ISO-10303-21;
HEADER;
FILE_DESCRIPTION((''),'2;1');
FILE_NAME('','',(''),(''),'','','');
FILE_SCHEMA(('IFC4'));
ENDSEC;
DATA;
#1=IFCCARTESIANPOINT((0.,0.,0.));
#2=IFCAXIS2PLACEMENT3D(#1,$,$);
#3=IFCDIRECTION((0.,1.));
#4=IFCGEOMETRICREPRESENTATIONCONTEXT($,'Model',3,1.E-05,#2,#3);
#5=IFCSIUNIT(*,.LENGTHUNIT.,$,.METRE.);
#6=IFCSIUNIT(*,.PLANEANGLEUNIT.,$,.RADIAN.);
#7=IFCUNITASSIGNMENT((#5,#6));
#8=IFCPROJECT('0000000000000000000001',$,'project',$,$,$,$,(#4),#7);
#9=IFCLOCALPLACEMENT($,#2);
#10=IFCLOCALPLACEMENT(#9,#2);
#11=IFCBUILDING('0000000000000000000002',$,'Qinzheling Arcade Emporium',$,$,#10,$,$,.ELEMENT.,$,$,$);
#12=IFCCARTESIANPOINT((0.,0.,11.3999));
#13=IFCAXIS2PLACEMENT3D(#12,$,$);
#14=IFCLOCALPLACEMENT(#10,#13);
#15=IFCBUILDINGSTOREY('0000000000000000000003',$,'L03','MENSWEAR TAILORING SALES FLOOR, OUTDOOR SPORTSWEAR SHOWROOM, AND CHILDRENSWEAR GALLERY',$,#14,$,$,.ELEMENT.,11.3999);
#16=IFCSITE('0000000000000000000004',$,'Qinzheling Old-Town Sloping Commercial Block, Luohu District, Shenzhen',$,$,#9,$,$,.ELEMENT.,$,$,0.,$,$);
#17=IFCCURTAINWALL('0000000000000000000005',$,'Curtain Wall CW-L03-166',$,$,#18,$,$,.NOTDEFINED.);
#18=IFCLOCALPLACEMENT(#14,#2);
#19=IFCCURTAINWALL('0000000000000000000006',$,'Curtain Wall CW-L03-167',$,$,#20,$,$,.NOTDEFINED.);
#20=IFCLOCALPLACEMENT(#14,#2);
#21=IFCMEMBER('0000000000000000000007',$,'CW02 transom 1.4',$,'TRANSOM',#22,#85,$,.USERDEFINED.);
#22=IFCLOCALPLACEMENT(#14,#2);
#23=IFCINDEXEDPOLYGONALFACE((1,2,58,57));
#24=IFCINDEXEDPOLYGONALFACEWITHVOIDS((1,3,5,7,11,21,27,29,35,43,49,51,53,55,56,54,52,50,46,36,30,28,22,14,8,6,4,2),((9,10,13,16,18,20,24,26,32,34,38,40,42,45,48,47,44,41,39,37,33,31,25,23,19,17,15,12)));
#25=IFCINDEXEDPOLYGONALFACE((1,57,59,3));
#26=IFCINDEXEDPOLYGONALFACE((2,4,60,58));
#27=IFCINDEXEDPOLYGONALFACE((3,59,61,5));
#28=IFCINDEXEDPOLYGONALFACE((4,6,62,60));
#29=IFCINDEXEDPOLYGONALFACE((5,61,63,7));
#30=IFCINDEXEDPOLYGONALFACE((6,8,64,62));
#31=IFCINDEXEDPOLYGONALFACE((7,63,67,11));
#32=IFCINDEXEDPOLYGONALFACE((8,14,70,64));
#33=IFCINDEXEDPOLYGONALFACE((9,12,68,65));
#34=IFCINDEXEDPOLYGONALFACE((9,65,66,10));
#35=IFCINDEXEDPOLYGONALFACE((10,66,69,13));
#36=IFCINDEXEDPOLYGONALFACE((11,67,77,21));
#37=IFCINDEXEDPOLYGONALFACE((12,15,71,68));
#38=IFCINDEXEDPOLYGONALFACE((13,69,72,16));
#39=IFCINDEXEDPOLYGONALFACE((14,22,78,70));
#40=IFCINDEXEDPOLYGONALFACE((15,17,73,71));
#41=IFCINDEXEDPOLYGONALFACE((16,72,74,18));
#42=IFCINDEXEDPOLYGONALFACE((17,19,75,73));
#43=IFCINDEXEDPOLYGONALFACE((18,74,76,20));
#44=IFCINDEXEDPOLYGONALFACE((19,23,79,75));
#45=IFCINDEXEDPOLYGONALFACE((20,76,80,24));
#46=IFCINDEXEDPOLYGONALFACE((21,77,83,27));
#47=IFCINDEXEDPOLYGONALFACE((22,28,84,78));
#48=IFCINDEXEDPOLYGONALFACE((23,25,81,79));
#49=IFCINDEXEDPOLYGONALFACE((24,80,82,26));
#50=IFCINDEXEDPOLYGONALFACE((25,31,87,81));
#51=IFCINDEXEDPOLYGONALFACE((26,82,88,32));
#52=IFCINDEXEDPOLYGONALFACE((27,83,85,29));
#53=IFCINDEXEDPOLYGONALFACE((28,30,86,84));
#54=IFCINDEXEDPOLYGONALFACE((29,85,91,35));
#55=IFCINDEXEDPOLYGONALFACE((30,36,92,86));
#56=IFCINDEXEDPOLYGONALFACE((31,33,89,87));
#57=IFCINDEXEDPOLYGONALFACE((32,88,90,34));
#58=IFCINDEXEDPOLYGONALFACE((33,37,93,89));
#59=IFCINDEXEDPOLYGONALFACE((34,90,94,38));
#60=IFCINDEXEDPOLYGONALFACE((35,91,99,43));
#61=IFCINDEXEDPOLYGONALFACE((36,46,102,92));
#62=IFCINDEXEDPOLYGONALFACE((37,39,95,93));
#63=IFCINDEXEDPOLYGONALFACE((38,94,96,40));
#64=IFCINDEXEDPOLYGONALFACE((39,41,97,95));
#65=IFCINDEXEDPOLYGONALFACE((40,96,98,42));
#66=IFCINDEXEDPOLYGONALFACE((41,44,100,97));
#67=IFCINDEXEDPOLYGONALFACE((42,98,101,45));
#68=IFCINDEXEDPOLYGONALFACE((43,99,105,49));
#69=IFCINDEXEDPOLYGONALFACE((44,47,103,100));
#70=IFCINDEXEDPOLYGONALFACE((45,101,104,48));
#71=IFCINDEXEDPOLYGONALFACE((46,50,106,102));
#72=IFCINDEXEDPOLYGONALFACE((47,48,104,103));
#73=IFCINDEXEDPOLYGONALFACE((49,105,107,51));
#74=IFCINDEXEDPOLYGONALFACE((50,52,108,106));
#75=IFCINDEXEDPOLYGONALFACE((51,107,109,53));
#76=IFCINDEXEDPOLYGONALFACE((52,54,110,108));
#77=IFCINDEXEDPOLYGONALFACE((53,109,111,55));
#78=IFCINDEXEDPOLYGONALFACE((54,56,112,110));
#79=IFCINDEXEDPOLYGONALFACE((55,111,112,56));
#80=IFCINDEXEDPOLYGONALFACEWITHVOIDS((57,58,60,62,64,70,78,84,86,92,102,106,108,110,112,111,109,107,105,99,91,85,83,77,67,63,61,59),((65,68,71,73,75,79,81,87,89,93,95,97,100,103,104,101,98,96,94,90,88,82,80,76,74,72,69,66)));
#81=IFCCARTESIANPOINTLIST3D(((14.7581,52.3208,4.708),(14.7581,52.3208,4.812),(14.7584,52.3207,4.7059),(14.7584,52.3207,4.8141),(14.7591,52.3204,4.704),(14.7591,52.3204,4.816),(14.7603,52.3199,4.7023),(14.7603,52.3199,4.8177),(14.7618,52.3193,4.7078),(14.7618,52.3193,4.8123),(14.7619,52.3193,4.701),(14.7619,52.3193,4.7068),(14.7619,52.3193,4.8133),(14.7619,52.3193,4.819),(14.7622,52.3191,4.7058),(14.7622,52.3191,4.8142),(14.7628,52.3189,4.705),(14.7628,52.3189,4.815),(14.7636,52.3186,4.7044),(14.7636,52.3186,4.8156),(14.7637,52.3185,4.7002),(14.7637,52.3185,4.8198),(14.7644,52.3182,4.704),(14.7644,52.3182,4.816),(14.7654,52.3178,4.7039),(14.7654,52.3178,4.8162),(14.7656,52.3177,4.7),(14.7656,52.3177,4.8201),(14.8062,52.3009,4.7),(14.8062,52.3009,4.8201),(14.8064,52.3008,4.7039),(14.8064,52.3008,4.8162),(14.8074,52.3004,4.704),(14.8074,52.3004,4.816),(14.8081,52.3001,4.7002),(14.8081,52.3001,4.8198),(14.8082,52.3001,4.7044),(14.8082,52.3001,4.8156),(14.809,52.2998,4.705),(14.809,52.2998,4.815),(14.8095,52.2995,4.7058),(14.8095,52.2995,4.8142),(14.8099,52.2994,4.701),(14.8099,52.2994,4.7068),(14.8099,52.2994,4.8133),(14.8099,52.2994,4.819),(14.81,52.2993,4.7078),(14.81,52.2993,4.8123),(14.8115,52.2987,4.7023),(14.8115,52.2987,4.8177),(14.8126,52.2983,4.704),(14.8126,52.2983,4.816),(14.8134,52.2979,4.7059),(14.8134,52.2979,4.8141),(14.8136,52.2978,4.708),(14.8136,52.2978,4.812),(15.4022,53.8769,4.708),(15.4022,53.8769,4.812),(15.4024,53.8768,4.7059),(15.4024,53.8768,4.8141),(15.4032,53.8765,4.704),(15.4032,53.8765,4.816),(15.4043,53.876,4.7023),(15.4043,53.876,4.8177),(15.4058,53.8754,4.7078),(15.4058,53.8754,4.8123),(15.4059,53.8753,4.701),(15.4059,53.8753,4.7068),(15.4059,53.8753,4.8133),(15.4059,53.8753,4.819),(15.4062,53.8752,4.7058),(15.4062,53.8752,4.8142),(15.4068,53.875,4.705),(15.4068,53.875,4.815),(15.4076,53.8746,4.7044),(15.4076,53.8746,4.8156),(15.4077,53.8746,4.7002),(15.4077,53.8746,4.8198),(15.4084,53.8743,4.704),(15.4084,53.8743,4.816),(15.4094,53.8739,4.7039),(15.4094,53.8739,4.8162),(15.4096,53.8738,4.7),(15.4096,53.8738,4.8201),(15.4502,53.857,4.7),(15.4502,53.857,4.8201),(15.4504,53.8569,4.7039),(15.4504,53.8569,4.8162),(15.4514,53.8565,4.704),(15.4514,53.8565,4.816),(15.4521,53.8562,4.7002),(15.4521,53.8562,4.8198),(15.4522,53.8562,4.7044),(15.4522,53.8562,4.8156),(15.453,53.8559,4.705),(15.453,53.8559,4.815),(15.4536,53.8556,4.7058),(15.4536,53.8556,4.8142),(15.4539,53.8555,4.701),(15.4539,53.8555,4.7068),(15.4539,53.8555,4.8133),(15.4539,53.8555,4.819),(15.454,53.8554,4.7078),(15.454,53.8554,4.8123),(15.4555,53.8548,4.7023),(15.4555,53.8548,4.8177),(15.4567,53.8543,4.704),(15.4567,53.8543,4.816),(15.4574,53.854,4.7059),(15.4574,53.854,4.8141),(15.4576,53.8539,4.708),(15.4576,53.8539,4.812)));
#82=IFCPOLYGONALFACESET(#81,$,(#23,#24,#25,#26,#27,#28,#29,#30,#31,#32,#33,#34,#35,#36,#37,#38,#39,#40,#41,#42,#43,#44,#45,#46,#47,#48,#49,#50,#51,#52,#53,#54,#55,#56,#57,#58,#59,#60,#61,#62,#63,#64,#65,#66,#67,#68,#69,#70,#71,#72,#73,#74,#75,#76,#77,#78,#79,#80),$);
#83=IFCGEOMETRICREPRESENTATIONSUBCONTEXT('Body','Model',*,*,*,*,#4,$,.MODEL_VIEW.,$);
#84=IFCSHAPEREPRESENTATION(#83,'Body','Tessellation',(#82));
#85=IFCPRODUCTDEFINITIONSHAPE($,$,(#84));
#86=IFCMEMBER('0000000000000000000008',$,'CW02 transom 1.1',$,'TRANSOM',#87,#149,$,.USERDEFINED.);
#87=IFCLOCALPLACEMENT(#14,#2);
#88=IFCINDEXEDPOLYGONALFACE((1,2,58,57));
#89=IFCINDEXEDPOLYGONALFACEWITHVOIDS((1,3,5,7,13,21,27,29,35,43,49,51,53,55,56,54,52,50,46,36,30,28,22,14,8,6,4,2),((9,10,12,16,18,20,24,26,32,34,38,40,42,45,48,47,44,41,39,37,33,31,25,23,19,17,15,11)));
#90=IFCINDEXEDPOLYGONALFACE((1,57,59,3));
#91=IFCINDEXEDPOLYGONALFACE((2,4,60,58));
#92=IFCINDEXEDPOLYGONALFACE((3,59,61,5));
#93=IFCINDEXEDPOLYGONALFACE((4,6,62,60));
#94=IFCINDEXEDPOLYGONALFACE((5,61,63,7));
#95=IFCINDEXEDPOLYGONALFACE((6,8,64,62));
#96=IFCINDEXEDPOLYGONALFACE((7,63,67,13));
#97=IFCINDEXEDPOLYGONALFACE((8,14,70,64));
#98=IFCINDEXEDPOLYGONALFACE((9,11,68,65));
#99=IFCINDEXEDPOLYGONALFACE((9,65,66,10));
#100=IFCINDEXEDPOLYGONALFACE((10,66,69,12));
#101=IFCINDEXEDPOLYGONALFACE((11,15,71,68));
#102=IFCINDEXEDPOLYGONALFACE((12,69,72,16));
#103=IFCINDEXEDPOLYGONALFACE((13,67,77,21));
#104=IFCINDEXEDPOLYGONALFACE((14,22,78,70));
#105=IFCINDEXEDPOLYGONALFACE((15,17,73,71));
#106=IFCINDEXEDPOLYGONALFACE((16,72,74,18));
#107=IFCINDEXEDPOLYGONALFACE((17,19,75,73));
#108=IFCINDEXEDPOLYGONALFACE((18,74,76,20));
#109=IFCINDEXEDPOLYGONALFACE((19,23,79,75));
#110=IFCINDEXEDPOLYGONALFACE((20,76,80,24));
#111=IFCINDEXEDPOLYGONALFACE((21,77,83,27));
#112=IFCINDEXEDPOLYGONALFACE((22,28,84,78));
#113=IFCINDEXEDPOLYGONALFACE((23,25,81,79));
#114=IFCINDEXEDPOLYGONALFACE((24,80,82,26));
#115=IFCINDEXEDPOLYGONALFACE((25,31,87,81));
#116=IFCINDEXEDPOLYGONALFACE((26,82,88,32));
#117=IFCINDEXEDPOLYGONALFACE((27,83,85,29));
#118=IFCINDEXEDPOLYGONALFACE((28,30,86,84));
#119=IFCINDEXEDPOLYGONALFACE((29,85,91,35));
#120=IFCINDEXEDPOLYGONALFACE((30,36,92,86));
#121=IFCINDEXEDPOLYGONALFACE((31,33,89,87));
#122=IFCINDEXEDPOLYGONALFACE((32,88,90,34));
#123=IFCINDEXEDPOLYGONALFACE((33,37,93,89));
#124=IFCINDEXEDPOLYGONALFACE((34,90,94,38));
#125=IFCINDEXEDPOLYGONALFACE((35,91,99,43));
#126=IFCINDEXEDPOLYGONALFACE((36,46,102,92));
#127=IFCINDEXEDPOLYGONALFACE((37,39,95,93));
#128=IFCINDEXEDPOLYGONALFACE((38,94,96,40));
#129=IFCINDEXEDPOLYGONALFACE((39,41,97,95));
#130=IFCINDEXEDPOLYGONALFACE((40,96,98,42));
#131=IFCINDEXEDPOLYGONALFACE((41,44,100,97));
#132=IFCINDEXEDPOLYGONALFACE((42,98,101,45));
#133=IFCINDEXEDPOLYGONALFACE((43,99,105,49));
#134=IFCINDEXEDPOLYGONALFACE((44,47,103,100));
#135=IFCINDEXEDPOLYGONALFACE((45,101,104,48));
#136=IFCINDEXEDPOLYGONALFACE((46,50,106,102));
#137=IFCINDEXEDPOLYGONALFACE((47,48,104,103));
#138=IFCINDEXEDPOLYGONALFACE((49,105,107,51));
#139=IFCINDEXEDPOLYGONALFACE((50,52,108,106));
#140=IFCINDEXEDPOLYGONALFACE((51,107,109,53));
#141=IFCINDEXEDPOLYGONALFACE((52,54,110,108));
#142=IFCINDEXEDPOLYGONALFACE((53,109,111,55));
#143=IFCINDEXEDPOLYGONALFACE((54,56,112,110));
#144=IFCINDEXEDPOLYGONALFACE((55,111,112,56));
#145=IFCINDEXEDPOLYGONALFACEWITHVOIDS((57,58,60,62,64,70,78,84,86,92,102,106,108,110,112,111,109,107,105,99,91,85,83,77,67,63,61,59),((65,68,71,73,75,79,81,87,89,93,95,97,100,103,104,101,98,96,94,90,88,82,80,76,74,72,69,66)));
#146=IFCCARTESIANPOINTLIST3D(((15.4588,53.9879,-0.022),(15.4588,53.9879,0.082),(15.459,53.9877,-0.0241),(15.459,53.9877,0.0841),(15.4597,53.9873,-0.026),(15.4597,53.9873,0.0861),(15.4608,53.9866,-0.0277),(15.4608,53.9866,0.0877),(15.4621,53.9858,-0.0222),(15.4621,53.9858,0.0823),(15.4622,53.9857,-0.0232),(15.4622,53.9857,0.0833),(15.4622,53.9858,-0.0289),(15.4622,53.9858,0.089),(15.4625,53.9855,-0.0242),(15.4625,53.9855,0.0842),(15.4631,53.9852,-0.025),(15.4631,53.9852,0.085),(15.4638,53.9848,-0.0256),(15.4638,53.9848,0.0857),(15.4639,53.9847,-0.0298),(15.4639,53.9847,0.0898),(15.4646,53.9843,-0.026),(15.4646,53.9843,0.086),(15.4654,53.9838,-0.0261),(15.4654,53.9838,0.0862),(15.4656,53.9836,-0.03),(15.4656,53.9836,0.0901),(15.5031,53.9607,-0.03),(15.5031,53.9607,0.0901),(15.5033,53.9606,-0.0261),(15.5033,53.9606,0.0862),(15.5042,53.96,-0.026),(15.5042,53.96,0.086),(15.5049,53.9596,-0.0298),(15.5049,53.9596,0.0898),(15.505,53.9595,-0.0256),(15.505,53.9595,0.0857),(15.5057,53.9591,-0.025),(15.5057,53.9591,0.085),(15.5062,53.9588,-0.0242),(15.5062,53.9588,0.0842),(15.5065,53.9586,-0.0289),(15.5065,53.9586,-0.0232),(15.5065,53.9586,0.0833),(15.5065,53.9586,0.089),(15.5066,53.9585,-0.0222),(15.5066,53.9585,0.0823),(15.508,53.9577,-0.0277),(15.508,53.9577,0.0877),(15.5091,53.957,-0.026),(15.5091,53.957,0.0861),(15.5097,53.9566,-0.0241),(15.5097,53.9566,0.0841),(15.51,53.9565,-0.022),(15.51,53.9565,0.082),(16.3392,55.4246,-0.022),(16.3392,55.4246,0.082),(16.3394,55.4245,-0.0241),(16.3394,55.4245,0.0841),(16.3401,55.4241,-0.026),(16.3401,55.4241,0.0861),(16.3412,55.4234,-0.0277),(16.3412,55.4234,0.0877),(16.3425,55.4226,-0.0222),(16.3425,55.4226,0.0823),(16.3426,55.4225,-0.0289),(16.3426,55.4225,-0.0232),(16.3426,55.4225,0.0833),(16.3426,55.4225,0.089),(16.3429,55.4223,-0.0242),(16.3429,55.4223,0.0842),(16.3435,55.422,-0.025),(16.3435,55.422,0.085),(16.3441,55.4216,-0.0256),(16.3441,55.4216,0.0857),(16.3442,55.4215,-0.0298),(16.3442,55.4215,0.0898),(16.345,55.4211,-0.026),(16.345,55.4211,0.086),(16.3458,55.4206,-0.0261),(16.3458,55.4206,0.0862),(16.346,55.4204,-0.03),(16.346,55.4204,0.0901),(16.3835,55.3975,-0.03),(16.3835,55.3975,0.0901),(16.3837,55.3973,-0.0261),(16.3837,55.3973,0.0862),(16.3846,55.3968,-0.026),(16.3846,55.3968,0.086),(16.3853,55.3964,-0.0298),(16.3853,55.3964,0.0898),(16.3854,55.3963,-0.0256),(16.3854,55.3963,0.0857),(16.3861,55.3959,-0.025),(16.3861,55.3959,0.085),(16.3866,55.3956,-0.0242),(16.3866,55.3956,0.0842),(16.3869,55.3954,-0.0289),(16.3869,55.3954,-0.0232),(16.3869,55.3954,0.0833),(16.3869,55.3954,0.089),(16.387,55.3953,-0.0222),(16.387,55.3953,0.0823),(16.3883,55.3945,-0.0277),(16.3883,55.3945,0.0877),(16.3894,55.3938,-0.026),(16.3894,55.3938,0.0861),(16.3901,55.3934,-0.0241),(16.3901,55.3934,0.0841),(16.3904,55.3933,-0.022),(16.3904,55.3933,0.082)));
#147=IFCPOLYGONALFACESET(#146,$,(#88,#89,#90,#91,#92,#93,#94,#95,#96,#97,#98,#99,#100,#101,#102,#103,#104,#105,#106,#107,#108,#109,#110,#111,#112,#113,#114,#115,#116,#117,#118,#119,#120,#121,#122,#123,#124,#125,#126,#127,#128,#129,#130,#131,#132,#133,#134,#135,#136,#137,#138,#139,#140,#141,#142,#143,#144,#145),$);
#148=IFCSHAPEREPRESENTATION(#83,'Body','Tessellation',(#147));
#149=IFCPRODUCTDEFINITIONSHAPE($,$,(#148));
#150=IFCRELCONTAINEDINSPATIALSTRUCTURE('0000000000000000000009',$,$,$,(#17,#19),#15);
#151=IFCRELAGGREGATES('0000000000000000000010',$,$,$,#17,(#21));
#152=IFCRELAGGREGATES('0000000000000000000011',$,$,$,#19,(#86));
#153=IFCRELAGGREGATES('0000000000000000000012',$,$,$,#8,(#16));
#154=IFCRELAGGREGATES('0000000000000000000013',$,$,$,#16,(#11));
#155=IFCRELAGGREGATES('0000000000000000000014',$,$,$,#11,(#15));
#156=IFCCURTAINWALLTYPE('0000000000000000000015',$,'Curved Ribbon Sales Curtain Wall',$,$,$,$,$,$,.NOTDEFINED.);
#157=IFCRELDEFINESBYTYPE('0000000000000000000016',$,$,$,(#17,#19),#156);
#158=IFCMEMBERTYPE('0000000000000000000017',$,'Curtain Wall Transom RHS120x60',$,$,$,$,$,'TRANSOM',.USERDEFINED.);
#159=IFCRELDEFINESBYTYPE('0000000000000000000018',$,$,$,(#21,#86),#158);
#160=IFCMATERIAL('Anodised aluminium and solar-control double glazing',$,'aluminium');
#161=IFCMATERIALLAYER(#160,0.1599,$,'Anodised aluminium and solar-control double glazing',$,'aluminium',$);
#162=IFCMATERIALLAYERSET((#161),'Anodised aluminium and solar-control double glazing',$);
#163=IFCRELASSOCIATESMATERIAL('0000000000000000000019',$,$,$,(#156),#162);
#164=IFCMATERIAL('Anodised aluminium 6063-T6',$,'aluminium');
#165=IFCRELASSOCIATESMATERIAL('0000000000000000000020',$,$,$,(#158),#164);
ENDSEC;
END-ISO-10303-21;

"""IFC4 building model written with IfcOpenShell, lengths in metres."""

from ifc_helpers import new_model, si_unit, direction, frame, origin, origin_2d, place, context, subcontext, project, spatial, hollow_rectangle, extrude, material, layer, layer_set, material_profile, profile_set, type_object, element, aggregate, save


model = new_model("IFC4")

# Units and contexts
model_context = context("Model", 3, precision=1e-05, world=origin(), true_north=direction((0.0, 1.0)))
body_context = subcontext(model_context, "Body", "Model", "MODEL_VIEW")
ifc_project = project(units=[si_unit("LENGTHUNIT", "METRE"), si_unit("PLANEANGLEUNIT", "RADIAN")], contexts=[model_context])

# Site, building, storey
site_placement = place(None, origin())
site = spatial("IfcSite", under=ifc_project, at=site_placement, Name="Qinzheling Old-Town Sloping Commercial Block, Luohu District, Shenzhen", CompositionType="ELEMENT", RefElevation=0.0)
building_placement = place(site_placement, origin())
building = spatial("IfcBuilding", under=site, at=building_placement, Name="Qinzheling Arcade Emporium", CompositionType="ELEMENT")
storey_placement = place(building_placement, frame((0.0, 0.0, 11.3999)))
storey = spatial("IfcBuildingStorey", under=building, at=storey_placement, Name="L03", Description="MENSWEAR TAILORING SALES FLOOR, OUTDOOR SPORTSWEAR SHOWROOM, AND CHILDRENSWEAR GALLERY", CompositionType="ELEMENT", Elevation=11.3999)

# Curtain wall
ifc_material_1 = material(Name="Anodised aluminium and solar-control double glazing", Category="aluminium")
ifc_layer_1 = layer(ifc_material_1, 0.1599, Name="Anodised aluminium and solar-control double glazing", Category="aluminium")
ifc_layer_set_1 = layer_set([ifc_layer_1], Name="Anodised aluminium and solar-control double glazing")
curtain_wall_type = type_object("IfcCurtainWallType", Name="Curved Ribbon Sales Curtain Wall", PredefinedType="NOTDEFINED", material=ifc_layer_set_1)
curtain_wall_1_placement = place(storey_placement, origin())
curtain_wall_1 = element("IfcCurtainWall", 1, at=curtain_wall_1_placement, inside=storey, type_object=curtain_wall_type, Name="Curtain Wall CW-L03-166", PredefinedType="NOTDEFINED")
ifc_material_2 = material(Name="Anodised aluminium 6063-T6", Category="aluminium")

# Curtain wall
curtain_wall_2_placement = place(storey_placement, origin())
curtain_wall_2 = element("IfcCurtainWall", 2, at=curtain_wall_2_placement, inside=storey, type_object=curtain_wall_type, Name="Curtain Wall CW-L03-167", PredefinedType="NOTDEFINED")

# Members
ifc_material_profile_1 = material_profile(ifc_material_2, hollow_rectangle(XDim=0.0601, YDim=0.1201, WallThickness=0.0039, InnerFilletRadius=0.0039, OuterFilletRadius=0.0081, at=origin_2d()), Name="RHS 120x60x4", Category="aluminium")
ifc_profile_set_1 = profile_set([ifc_material_profile_1], Name="Anodised aluminium 6063-T6")
member_type_1 = type_object("IfcMemberType", Name="Curtain Wall Transom RHS120x60", ElementType="TRANSOM", PredefinedType="USERDEFINED", material=ifc_profile_set_1)
member_1_placement = place(storey_placement, frame((14.7859, 52.3093, 4.76), z_axis=(0.382412, 0.923992, 0.0), x_axis=(-0.923992, 0.382412, 0.0)))
member_1 = element("IfcMember", 3, at=member_1_placement, type_object=member_type_1, Name="CW02 transom 1.4", ObjectType="TRANSOM", PredefinedType="USERDEFINED", context=body_context, shape_type="SweptSolid", body=[
    extrude(hollow_rectangle(XDim=0.0601, YDim=0.1201, WallThickness=0.0039, InnerFilletRadius=0.0039, OuterFilletRadius=0.0081, at=origin_2d()), origin(), (0.0, 0.0, 1.0), 1.6841),
])
member_2_placement = place(storey_placement, frame((15.4844, 53.9722, 0.03), z_axis=(0.522464, 0.852662, 0.0), x_axis=(-0.852662, 0.522464, 0.0)))
member_2 = element("IfcMember", 4, at=member_2_placement, type_object=member_type_1, Name="CW02 transom 1.1", ObjectType="TRANSOM", PredefinedType="USERDEFINED", context=body_context, shape_type="SweptSolid", body=[
    extrude(hollow_rectangle(XDim=0.0601, YDim=0.1201, WallThickness=0.0039, InnerFilletRadius=0.0039, OuterFilletRadius=0.0081, at=origin_2d()), origin(), (0.0, 0.0, 1.0), 1.6851),
])

aggregate(curtain_wall_1, [member_1])
aggregate(curtain_wall_2, [member_2])

save(model, "model.ifc")
